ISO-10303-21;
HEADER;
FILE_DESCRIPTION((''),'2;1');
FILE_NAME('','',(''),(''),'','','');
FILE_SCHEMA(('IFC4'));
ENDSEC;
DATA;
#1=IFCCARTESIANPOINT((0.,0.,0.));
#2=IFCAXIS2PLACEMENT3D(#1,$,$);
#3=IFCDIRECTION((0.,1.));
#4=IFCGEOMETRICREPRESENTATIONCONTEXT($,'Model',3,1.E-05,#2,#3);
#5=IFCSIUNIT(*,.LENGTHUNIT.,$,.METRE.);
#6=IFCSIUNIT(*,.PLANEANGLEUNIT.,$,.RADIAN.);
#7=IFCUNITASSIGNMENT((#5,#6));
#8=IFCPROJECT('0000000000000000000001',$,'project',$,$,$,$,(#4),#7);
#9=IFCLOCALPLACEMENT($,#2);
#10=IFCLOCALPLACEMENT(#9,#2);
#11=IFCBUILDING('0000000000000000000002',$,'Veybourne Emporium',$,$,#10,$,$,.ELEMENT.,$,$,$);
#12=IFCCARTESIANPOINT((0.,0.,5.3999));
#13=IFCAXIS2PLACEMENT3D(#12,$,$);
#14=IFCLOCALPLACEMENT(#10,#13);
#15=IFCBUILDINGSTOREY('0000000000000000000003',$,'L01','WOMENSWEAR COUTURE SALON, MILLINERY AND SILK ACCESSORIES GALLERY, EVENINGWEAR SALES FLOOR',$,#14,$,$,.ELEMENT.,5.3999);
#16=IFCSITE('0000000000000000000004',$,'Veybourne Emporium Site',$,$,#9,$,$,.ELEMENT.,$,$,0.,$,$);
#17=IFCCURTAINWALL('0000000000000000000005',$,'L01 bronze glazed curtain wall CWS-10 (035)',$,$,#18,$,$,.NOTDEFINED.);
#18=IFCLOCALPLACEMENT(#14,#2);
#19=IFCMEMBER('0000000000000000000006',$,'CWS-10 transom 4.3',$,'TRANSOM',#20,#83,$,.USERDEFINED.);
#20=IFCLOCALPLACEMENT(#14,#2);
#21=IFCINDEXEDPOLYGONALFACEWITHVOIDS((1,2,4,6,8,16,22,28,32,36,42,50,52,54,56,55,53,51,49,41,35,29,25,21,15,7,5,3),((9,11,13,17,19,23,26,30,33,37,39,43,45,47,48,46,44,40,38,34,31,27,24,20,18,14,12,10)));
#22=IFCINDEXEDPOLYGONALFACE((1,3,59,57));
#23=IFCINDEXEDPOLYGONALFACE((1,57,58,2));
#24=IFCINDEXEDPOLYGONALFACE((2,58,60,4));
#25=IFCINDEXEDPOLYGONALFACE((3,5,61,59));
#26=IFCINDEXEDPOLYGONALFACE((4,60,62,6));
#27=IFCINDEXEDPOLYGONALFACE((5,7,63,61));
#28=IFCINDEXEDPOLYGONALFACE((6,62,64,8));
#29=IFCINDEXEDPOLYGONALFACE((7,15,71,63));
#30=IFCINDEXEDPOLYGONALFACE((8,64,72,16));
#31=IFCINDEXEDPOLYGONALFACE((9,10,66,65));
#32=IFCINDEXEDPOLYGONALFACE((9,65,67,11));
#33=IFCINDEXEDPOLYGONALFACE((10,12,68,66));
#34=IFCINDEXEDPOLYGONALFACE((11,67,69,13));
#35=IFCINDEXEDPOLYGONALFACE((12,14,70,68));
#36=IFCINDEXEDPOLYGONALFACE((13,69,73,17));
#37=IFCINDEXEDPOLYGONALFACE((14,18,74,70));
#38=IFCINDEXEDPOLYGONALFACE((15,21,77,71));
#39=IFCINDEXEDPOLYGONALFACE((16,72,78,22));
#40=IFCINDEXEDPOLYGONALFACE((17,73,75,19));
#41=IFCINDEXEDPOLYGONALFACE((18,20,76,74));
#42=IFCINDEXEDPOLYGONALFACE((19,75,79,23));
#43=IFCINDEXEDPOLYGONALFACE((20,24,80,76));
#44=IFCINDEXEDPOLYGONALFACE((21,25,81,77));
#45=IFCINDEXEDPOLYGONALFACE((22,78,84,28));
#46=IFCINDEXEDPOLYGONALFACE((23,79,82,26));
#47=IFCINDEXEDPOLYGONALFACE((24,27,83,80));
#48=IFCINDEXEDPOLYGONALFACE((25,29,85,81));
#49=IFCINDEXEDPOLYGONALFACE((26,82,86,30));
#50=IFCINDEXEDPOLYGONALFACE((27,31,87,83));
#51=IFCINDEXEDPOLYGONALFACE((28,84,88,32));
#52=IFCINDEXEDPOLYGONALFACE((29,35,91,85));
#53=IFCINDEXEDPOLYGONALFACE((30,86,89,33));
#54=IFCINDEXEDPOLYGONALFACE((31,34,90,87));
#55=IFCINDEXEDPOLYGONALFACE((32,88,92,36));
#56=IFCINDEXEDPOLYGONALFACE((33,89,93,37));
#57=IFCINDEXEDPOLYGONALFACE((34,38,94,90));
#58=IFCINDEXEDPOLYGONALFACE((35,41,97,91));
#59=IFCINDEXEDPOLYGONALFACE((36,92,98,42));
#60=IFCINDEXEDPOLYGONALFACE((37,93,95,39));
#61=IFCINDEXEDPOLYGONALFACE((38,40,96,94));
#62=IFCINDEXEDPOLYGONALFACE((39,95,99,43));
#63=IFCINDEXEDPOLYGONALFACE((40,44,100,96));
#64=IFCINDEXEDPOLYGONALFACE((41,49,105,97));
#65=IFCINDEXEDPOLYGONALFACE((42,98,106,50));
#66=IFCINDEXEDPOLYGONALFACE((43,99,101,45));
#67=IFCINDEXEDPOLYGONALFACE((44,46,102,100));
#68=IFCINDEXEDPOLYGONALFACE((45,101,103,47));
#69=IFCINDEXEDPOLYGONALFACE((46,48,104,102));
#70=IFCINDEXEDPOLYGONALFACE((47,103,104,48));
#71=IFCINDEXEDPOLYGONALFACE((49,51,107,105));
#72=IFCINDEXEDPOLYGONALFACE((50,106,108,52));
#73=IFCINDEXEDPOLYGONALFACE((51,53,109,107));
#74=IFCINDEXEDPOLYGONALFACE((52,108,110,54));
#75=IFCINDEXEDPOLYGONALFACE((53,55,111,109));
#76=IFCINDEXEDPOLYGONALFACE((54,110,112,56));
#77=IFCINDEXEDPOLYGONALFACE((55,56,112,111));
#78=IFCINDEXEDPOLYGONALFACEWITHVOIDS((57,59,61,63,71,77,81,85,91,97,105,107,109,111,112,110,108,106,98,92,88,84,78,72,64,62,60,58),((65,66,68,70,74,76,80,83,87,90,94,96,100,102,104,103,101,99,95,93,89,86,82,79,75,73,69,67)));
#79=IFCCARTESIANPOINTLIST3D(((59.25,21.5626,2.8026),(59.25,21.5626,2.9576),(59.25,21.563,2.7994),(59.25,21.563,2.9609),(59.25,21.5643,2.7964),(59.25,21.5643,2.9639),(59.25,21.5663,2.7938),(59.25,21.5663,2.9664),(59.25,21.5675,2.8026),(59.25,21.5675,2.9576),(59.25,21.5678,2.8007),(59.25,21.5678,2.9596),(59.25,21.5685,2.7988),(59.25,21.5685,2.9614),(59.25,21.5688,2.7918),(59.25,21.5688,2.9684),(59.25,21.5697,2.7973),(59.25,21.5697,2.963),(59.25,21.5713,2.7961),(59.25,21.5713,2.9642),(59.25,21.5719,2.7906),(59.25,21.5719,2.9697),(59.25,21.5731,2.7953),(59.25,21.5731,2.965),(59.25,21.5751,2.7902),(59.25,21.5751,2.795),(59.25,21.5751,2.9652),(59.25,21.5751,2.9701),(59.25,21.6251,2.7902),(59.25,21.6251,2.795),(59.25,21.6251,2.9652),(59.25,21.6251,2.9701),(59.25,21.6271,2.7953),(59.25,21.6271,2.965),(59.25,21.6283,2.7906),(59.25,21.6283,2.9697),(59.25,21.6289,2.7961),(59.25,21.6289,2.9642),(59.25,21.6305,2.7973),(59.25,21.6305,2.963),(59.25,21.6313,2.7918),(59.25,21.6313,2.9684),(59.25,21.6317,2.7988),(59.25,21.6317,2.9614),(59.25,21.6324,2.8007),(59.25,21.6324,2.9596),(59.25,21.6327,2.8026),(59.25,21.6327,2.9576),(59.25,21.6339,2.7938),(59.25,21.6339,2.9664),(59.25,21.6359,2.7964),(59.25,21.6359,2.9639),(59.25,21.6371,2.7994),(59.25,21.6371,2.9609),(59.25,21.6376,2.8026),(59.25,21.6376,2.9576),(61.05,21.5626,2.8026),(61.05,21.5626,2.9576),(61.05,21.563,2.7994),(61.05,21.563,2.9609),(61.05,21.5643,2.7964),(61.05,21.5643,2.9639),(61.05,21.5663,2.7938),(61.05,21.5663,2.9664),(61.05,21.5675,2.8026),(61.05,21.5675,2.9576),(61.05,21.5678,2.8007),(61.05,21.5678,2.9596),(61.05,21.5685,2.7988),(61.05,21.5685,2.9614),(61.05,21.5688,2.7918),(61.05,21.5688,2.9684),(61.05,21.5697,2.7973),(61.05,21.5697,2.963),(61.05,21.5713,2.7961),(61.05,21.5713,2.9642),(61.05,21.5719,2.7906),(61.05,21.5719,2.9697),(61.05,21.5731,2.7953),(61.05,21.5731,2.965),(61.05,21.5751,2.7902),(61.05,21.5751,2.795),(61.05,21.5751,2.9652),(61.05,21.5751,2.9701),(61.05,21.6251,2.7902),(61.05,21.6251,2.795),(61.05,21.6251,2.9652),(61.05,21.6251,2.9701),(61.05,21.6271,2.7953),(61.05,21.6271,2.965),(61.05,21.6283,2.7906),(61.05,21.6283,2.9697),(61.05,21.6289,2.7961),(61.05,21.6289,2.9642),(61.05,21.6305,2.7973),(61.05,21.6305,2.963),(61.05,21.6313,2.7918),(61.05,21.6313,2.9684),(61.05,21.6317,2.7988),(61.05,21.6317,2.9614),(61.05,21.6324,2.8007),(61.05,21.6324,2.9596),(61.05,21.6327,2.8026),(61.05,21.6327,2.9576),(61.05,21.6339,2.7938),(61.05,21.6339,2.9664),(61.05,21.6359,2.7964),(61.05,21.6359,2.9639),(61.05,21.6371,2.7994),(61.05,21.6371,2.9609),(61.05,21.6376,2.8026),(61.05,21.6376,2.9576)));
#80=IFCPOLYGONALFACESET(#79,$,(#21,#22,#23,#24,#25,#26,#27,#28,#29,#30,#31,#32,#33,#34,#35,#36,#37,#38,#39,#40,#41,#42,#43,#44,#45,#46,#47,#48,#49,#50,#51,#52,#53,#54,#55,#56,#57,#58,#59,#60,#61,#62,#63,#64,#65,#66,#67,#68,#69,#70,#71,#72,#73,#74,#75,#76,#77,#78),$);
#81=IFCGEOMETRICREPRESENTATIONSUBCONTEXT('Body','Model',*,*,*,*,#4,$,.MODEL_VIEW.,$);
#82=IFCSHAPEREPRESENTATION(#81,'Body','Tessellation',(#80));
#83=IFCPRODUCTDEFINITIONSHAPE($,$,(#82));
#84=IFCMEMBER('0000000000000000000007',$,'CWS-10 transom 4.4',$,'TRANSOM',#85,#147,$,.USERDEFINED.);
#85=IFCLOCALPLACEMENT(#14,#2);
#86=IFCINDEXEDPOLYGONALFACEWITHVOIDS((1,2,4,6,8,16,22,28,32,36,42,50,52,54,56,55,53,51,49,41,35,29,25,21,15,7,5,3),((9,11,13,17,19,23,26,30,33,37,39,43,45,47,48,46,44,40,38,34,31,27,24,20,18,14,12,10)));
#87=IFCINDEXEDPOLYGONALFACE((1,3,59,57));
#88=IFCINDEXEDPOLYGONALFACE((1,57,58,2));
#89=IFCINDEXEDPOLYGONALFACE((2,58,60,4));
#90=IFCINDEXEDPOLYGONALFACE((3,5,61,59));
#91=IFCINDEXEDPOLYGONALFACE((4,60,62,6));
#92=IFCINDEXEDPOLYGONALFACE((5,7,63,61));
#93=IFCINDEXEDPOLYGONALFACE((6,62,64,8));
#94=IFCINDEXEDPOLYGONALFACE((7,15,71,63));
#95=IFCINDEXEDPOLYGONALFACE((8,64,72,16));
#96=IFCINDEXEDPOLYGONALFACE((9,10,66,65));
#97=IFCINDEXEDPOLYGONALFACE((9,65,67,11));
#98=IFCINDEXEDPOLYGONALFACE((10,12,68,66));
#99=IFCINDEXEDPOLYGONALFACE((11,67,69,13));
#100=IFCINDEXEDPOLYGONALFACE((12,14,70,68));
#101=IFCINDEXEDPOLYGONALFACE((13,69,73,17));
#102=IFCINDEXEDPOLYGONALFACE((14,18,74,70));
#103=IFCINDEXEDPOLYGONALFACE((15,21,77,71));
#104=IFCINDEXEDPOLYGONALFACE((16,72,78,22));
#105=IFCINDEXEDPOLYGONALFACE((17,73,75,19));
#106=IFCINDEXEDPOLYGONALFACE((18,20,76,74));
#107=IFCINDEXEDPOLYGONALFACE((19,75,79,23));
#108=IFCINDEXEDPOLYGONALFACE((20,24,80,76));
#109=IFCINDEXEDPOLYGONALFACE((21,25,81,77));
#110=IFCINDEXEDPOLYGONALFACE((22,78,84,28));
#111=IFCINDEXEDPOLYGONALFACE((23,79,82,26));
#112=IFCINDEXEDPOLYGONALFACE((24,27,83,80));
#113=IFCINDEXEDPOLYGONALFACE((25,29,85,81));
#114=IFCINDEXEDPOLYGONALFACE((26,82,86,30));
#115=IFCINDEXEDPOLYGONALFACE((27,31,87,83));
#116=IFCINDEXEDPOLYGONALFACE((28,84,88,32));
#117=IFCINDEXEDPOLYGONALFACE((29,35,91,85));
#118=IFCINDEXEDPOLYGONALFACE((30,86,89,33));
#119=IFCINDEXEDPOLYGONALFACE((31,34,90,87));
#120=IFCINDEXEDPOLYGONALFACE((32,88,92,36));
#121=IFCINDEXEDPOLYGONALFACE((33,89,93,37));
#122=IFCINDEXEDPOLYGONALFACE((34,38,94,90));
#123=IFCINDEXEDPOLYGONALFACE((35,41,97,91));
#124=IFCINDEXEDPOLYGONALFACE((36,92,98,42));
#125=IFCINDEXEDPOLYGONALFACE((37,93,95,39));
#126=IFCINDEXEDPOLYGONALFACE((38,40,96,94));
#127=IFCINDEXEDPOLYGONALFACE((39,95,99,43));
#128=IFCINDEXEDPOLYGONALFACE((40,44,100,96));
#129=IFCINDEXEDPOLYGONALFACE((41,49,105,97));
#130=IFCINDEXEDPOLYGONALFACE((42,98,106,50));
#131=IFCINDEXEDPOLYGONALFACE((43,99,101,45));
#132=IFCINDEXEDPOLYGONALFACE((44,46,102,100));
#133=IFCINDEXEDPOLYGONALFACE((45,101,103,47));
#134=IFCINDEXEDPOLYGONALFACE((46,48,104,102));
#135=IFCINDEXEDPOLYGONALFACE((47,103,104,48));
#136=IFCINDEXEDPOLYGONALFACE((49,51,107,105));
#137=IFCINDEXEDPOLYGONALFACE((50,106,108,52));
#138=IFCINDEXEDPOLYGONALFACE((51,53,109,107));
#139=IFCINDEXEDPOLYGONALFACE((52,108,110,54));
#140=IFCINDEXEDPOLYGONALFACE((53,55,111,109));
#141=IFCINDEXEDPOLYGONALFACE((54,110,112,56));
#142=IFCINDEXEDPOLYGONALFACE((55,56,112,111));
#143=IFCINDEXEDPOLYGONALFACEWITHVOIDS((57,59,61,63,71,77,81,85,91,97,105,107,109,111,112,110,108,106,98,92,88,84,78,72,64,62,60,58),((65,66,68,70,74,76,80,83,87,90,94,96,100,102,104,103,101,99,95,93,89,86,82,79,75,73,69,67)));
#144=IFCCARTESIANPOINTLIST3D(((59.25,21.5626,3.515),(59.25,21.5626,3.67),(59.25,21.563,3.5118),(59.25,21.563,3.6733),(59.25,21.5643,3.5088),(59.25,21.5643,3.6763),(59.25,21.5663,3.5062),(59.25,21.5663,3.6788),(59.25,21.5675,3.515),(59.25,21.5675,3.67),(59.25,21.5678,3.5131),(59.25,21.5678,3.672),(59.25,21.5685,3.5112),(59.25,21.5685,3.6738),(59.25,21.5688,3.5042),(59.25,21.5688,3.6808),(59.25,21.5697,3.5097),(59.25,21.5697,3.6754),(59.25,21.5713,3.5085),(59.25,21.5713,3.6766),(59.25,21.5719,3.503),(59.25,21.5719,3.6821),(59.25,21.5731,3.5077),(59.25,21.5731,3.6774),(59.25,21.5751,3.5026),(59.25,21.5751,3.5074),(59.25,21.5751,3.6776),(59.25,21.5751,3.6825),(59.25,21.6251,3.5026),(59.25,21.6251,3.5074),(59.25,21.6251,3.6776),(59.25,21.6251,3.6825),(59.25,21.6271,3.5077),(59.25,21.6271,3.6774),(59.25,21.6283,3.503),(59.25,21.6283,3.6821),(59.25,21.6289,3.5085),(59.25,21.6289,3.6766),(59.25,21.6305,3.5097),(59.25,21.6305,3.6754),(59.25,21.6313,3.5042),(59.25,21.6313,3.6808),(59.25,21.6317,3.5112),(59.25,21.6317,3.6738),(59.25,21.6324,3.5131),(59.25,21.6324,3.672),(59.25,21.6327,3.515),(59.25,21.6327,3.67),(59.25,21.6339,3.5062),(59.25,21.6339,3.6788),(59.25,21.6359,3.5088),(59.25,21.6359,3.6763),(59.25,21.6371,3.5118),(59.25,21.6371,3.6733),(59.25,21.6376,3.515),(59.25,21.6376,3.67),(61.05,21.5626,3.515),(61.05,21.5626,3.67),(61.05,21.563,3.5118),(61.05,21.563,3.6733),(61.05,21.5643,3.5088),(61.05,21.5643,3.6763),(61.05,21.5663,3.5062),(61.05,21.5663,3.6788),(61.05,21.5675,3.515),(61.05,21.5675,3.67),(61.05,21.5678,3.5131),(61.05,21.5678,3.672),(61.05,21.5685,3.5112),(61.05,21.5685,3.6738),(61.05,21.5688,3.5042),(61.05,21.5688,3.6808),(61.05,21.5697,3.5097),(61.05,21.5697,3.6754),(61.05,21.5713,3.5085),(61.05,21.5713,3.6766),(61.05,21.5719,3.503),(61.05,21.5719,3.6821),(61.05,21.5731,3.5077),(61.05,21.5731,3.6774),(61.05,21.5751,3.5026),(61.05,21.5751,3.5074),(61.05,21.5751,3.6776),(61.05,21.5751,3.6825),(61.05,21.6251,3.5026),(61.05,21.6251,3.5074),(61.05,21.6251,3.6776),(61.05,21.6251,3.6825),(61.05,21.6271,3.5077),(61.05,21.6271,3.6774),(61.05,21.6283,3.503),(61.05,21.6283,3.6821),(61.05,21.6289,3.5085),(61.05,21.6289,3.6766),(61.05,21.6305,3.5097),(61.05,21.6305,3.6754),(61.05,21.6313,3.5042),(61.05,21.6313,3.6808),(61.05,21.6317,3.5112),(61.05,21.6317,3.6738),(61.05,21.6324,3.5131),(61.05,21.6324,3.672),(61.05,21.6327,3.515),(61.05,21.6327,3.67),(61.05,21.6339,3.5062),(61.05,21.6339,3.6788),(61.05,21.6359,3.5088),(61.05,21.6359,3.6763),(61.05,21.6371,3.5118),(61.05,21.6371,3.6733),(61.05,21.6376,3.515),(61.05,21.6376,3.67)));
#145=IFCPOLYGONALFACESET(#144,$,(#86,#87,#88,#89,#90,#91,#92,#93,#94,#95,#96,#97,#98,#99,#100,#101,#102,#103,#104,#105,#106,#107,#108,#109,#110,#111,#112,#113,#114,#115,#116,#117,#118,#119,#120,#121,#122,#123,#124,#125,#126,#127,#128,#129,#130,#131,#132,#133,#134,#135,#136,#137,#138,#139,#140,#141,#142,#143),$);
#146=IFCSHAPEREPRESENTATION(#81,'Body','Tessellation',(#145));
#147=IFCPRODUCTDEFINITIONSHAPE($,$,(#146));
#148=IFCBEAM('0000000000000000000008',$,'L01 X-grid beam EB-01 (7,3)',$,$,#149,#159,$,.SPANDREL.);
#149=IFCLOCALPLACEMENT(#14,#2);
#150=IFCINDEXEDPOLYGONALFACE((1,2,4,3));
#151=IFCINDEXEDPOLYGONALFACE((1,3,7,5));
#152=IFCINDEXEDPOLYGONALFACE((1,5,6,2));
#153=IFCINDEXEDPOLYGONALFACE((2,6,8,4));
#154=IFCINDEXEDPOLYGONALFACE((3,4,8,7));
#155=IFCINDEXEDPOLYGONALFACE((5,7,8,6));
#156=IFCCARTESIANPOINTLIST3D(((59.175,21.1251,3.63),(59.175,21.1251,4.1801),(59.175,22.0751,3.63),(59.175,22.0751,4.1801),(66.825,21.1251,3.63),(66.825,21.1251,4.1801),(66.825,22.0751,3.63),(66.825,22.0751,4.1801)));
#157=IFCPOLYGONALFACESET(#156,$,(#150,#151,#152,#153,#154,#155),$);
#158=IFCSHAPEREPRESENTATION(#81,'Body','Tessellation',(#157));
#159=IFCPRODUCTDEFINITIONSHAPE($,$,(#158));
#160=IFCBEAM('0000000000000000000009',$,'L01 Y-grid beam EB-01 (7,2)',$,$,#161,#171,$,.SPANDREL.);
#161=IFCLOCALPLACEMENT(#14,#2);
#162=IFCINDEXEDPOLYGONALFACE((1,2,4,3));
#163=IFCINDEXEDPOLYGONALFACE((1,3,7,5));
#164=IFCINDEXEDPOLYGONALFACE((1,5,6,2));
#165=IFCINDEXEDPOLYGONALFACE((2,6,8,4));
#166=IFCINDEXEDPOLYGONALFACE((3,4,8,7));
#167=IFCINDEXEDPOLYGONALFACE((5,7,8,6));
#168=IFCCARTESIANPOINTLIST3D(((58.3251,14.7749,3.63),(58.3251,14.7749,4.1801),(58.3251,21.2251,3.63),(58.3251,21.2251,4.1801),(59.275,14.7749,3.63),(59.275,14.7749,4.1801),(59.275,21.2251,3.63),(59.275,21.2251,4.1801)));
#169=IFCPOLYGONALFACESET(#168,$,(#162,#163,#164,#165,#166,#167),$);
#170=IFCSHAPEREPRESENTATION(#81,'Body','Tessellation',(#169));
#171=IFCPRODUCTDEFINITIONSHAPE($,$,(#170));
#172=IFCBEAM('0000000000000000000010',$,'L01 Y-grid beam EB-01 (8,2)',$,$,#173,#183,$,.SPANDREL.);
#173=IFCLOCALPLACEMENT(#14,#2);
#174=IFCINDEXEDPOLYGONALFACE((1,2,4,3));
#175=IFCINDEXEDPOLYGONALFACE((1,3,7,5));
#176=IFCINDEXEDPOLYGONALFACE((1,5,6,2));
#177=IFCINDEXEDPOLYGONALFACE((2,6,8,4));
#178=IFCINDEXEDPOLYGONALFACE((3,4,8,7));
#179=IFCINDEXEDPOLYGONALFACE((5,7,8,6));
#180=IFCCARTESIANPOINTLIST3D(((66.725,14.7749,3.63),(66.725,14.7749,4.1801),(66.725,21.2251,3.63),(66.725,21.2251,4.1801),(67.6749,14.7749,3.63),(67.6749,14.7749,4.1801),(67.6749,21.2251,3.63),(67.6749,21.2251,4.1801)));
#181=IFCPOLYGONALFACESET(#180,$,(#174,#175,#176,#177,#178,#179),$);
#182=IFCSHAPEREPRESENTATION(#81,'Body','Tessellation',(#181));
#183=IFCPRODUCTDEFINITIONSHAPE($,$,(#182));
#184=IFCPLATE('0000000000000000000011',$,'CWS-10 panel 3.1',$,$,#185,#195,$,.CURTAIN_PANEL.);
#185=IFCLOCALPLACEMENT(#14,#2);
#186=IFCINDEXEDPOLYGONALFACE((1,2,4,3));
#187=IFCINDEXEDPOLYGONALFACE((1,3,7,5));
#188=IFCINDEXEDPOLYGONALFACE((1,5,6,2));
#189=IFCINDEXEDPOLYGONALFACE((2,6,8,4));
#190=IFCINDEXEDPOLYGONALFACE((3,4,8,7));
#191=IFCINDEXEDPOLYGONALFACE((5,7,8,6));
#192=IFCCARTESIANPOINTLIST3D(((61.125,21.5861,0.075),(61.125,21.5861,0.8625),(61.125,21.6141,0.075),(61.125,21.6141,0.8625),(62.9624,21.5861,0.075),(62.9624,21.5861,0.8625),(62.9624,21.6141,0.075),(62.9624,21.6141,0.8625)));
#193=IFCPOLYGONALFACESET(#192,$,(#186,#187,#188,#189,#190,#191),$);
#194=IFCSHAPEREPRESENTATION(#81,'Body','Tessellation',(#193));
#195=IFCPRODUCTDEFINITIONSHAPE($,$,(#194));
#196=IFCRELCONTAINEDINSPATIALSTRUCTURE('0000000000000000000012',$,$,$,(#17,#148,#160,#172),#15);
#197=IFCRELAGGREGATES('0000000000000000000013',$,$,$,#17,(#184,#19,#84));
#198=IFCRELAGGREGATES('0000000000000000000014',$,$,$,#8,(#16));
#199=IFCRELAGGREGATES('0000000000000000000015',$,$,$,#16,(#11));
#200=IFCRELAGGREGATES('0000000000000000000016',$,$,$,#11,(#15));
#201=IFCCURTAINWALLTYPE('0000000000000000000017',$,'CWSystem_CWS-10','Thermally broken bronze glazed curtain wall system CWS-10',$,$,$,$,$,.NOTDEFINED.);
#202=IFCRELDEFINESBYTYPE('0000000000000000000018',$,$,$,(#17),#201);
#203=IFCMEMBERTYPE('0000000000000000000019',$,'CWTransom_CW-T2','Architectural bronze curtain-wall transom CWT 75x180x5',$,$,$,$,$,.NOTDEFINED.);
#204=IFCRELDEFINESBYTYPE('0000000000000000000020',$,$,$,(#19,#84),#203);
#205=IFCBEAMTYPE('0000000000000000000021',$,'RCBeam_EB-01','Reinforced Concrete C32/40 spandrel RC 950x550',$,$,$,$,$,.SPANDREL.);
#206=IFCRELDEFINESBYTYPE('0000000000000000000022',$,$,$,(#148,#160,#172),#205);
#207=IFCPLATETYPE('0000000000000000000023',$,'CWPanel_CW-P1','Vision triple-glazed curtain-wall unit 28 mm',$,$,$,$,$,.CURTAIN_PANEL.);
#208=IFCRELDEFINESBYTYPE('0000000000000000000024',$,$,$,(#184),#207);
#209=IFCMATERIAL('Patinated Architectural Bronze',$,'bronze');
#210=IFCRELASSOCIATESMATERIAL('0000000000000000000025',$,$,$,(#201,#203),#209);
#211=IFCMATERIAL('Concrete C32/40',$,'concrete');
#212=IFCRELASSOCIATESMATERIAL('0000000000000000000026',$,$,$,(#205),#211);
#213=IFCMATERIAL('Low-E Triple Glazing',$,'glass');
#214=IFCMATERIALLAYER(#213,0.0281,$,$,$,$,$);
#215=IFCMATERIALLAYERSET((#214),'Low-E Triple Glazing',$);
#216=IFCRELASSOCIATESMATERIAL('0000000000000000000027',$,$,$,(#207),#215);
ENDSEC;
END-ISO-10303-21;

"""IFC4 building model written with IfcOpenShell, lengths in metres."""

from ifc_helpers import new_model, si_unit, direction, frame, origin, origin_2d, place, context, subcontext, project, spatial, rectangle, hollow_rectangle, extrude, material, layer, layer_set, material_profile, profile_set, type_object, element, aggregate, save


model = new_model("IFC4")

# Units and contexts
model_context = context("Model", 3, precision=1e-05, world=origin(), true_north=direction((0.0, 1.0)))
body_context = subcontext(model_context, "Body", "Model", "MODEL_VIEW")
ifc_project = project(units=[si_unit("LENGTHUNIT", "METRE"), si_unit("PLANEANGLEUNIT", "RADIAN")], contexts=[model_context])

# Site, building, storey
site_placement = place(None, origin())
site = spatial("IfcSite", under=ifc_project, at=site_placement, Name="Veybourne Emporium Site", CompositionType="ELEMENT", RefElevation=0.0)
building_placement = place(site_placement, origin())
building = spatial("IfcBuilding", under=site, at=building_placement, Name="Veybourne Emporium", CompositionType="ELEMENT")
storey_placement = place(building_placement, frame((0.0, 0.0, 5.3999)))
storey = spatial("IfcBuildingStorey", under=building, at=storey_placement, Name="L01", Description="WOMENSWEAR COUTURE SALON, MILLINERY AND SILK ACCESSORIES GALLERY, EVENINGWEAR SALES FLOOR", CompositionType="ELEMENT", Elevation=5.3999)

# Curtain wall, members
ifc_material_1 = material(Name="Patinated Architectural Bronze", Category="bronze")
curtain_wall_type = type_object("IfcCurtainWallType", Name="CWSystem_CWS-10", Description="Thermally broken bronze glazed curtain wall system CWS-10", PredefinedType="NOTDEFINED", material=ifc_material_1)
curtain_wall_placement = place(storey_placement, origin())
curtain_wall = element("IfcCurtainWall", 1, at=curtain_wall_placement, inside=storey, type_object=curtain_wall_type, Name="L01 bronze glazed curtain wall CWS-10 (035)", PredefinedType="NOTDEFINED")
ifc_material_profile_1 = material_profile(ifc_material_1, hollow_rectangle(XDim=0.075, YDim=0.1799, WallThickness=0.0049, InnerFilletRadius=0.0076, OuterFilletRadius=0.0125, at=origin_2d()), Name="CWT 75x180x5")
ifc_profile_set_1 = profile_set([ifc_material_profile_1], Name="Patinated Architectural Bronze")
member_type_1 = type_object("IfcMemberType", Name="CWTransom_CW-T2", Description="Architectural bronze curtain-wall transom CWT 75x180x5", PredefinedType="NOTDEFINED", material=ifc_profile_set_1)
member_1_placement = place(storey_placement, frame((61.05, 21.6001, 2.8801), z_axis=(-1.0, 0.0, 0.0), x_axis=(0.0, -1.0, 0.0)))
member_1 = element("IfcMember", 2, at=member_1_placement, type_object=member_type_1, Name="CWS-10 transom 4.3", ObjectType="TRANSOM", PredefinedType="USERDEFINED", context=body_context, shape_type="SweptSolid", body=[
    extrude(hollow_rectangle(XDim=0.075, YDim=0.1799, WallThickness=0.0049, InnerFilletRadius=0.0076, OuterFilletRadius=0.0125, at=origin_2d()), origin(), (0.0, 0.0, 1.0), 1.8),
])
member_2_placement = place(storey_placement, frame((61.05, 21.6001, 3.5925), z_axis=(-1.0, 0.0, 0.0), x_axis=(0.0, -1.0, 0.0)))
member_2 = element("IfcMember", 3, at=member_2_placement, type_object=member_type_1, Name="CWS-10 transom 4.4", ObjectType="TRANSOM", PredefinedType="USERDEFINED", context=body_context, shape_type="SweptSolid", body=[
    extrude(hollow_rectangle(XDim=0.075, YDim=0.1799, WallThickness=0.0049, InnerFilletRadius=0.0076, OuterFilletRadius=0.0125, at=origin_2d()), origin(), (0.0, 0.0, 1.0), 1.8),
])

# Beams
ifc_material_2 = material(Name="Concrete C32/40", Category="concrete")
ifc_material_profile_2 = material_profile(ifc_material_2, rectangle(XDim=0.95, YDim=0.55, at=origin_2d()), Name="RC 950x550")
ifc_profile_set_2 = profile_set([ifc_material_profile_2], Name="Concrete C32/40")
beam_type = type_object("IfcBeamType", Name="RCBeam_EB-01", Description="Reinforced Concrete C32/40 spandrel RC 950x550", PredefinedType="SPANDREL", material=ifc_profile_set_2)
beam_placement = place(storey_placement, frame((59.175, 21.6001, 3.905), z_axis=(1.0, 0.0, 0.0), x_axis=(0.0, 1.0, 0.0)))
element("IfcBeam", 4, at=beam_placement, inside=storey, type_object=beam_type, Name="L01 X-grid beam EB-01 (7,3)", PredefinedType="SPANDREL", context=body_context, shape_type="SweptSolid", body=[
    extrude(rectangle(XDim=0.95, YDim=0.55, at=origin_2d()), origin(), (0.0, 0.0, 1.0), 7.6499),
])
for number, where, z_axis, x_axis, name in (
    (5, (58.8, 14.7749, 3.905), (0.0, 1.0, 0.0), (-1.0, 0.0, 0.0), "L01 Y-grid beam EB-01 (7,2)"),
    (6, (67.2, 14.7749, 3.905), (0.0, 1.0, 0.0), (-1.0, 0.0, 0.0), "L01 Y-grid beam EB-01 (8,2)"),
):
    element("IfcBeam", number, at=place(storey_placement, frame(where, z_axis=z_axis, x_axis=x_axis)), inside=storey, type_object=beam_type, Name=name, PredefinedType="SPANDREL", context=body_context, shape_type="SweptSolid", body=[
        extrude(rectangle(XDim=0.95, YDim=0.55, at=origin_2d()), origin(), (0.0, 0.0, 1.0), 6.4502),
    ])

# Plate
ifc_material_3 = material(Name="Low-E Triple Glazing", Category="glass")
ifc_layer_1 = layer(ifc_material_3, 0.0281)
ifc_layer_set_1 = layer_set([ifc_layer_1], Name="Low-E Triple Glazing")
plate_type = type_object("IfcPlateType", Name="CWPanel_CW-P1", Description="Vision triple-glazed curtain-wall unit 28 mm", PredefinedType="CURTAIN_PANEL", material=ifc_layer_set_1)
plate_1_placement = place(storey_placement, frame((62.0437, 21.6001, 0.075), z_axis=(0.0, 0.0, 1.0), x_axis=(-1.0, 0.0, 0.0)))
plate_1 = element("IfcPlate", 7, at=plate_1_placement, type_object=plate_type, Name="CWS-10 panel 3.1", PredefinedType="CURTAIN_PANEL", context=body_context, shape_type="SweptSolid", body=[
    extrude(rectangle(XDim=1.8374, YDim=0.0281, at=origin_2d()), origin(), (0.0, 0.0, 1.0), 0.7876),
])
aggregate(curtain_wall, [plate_1, member_1, member_2])

save(model, "model.ifc")
